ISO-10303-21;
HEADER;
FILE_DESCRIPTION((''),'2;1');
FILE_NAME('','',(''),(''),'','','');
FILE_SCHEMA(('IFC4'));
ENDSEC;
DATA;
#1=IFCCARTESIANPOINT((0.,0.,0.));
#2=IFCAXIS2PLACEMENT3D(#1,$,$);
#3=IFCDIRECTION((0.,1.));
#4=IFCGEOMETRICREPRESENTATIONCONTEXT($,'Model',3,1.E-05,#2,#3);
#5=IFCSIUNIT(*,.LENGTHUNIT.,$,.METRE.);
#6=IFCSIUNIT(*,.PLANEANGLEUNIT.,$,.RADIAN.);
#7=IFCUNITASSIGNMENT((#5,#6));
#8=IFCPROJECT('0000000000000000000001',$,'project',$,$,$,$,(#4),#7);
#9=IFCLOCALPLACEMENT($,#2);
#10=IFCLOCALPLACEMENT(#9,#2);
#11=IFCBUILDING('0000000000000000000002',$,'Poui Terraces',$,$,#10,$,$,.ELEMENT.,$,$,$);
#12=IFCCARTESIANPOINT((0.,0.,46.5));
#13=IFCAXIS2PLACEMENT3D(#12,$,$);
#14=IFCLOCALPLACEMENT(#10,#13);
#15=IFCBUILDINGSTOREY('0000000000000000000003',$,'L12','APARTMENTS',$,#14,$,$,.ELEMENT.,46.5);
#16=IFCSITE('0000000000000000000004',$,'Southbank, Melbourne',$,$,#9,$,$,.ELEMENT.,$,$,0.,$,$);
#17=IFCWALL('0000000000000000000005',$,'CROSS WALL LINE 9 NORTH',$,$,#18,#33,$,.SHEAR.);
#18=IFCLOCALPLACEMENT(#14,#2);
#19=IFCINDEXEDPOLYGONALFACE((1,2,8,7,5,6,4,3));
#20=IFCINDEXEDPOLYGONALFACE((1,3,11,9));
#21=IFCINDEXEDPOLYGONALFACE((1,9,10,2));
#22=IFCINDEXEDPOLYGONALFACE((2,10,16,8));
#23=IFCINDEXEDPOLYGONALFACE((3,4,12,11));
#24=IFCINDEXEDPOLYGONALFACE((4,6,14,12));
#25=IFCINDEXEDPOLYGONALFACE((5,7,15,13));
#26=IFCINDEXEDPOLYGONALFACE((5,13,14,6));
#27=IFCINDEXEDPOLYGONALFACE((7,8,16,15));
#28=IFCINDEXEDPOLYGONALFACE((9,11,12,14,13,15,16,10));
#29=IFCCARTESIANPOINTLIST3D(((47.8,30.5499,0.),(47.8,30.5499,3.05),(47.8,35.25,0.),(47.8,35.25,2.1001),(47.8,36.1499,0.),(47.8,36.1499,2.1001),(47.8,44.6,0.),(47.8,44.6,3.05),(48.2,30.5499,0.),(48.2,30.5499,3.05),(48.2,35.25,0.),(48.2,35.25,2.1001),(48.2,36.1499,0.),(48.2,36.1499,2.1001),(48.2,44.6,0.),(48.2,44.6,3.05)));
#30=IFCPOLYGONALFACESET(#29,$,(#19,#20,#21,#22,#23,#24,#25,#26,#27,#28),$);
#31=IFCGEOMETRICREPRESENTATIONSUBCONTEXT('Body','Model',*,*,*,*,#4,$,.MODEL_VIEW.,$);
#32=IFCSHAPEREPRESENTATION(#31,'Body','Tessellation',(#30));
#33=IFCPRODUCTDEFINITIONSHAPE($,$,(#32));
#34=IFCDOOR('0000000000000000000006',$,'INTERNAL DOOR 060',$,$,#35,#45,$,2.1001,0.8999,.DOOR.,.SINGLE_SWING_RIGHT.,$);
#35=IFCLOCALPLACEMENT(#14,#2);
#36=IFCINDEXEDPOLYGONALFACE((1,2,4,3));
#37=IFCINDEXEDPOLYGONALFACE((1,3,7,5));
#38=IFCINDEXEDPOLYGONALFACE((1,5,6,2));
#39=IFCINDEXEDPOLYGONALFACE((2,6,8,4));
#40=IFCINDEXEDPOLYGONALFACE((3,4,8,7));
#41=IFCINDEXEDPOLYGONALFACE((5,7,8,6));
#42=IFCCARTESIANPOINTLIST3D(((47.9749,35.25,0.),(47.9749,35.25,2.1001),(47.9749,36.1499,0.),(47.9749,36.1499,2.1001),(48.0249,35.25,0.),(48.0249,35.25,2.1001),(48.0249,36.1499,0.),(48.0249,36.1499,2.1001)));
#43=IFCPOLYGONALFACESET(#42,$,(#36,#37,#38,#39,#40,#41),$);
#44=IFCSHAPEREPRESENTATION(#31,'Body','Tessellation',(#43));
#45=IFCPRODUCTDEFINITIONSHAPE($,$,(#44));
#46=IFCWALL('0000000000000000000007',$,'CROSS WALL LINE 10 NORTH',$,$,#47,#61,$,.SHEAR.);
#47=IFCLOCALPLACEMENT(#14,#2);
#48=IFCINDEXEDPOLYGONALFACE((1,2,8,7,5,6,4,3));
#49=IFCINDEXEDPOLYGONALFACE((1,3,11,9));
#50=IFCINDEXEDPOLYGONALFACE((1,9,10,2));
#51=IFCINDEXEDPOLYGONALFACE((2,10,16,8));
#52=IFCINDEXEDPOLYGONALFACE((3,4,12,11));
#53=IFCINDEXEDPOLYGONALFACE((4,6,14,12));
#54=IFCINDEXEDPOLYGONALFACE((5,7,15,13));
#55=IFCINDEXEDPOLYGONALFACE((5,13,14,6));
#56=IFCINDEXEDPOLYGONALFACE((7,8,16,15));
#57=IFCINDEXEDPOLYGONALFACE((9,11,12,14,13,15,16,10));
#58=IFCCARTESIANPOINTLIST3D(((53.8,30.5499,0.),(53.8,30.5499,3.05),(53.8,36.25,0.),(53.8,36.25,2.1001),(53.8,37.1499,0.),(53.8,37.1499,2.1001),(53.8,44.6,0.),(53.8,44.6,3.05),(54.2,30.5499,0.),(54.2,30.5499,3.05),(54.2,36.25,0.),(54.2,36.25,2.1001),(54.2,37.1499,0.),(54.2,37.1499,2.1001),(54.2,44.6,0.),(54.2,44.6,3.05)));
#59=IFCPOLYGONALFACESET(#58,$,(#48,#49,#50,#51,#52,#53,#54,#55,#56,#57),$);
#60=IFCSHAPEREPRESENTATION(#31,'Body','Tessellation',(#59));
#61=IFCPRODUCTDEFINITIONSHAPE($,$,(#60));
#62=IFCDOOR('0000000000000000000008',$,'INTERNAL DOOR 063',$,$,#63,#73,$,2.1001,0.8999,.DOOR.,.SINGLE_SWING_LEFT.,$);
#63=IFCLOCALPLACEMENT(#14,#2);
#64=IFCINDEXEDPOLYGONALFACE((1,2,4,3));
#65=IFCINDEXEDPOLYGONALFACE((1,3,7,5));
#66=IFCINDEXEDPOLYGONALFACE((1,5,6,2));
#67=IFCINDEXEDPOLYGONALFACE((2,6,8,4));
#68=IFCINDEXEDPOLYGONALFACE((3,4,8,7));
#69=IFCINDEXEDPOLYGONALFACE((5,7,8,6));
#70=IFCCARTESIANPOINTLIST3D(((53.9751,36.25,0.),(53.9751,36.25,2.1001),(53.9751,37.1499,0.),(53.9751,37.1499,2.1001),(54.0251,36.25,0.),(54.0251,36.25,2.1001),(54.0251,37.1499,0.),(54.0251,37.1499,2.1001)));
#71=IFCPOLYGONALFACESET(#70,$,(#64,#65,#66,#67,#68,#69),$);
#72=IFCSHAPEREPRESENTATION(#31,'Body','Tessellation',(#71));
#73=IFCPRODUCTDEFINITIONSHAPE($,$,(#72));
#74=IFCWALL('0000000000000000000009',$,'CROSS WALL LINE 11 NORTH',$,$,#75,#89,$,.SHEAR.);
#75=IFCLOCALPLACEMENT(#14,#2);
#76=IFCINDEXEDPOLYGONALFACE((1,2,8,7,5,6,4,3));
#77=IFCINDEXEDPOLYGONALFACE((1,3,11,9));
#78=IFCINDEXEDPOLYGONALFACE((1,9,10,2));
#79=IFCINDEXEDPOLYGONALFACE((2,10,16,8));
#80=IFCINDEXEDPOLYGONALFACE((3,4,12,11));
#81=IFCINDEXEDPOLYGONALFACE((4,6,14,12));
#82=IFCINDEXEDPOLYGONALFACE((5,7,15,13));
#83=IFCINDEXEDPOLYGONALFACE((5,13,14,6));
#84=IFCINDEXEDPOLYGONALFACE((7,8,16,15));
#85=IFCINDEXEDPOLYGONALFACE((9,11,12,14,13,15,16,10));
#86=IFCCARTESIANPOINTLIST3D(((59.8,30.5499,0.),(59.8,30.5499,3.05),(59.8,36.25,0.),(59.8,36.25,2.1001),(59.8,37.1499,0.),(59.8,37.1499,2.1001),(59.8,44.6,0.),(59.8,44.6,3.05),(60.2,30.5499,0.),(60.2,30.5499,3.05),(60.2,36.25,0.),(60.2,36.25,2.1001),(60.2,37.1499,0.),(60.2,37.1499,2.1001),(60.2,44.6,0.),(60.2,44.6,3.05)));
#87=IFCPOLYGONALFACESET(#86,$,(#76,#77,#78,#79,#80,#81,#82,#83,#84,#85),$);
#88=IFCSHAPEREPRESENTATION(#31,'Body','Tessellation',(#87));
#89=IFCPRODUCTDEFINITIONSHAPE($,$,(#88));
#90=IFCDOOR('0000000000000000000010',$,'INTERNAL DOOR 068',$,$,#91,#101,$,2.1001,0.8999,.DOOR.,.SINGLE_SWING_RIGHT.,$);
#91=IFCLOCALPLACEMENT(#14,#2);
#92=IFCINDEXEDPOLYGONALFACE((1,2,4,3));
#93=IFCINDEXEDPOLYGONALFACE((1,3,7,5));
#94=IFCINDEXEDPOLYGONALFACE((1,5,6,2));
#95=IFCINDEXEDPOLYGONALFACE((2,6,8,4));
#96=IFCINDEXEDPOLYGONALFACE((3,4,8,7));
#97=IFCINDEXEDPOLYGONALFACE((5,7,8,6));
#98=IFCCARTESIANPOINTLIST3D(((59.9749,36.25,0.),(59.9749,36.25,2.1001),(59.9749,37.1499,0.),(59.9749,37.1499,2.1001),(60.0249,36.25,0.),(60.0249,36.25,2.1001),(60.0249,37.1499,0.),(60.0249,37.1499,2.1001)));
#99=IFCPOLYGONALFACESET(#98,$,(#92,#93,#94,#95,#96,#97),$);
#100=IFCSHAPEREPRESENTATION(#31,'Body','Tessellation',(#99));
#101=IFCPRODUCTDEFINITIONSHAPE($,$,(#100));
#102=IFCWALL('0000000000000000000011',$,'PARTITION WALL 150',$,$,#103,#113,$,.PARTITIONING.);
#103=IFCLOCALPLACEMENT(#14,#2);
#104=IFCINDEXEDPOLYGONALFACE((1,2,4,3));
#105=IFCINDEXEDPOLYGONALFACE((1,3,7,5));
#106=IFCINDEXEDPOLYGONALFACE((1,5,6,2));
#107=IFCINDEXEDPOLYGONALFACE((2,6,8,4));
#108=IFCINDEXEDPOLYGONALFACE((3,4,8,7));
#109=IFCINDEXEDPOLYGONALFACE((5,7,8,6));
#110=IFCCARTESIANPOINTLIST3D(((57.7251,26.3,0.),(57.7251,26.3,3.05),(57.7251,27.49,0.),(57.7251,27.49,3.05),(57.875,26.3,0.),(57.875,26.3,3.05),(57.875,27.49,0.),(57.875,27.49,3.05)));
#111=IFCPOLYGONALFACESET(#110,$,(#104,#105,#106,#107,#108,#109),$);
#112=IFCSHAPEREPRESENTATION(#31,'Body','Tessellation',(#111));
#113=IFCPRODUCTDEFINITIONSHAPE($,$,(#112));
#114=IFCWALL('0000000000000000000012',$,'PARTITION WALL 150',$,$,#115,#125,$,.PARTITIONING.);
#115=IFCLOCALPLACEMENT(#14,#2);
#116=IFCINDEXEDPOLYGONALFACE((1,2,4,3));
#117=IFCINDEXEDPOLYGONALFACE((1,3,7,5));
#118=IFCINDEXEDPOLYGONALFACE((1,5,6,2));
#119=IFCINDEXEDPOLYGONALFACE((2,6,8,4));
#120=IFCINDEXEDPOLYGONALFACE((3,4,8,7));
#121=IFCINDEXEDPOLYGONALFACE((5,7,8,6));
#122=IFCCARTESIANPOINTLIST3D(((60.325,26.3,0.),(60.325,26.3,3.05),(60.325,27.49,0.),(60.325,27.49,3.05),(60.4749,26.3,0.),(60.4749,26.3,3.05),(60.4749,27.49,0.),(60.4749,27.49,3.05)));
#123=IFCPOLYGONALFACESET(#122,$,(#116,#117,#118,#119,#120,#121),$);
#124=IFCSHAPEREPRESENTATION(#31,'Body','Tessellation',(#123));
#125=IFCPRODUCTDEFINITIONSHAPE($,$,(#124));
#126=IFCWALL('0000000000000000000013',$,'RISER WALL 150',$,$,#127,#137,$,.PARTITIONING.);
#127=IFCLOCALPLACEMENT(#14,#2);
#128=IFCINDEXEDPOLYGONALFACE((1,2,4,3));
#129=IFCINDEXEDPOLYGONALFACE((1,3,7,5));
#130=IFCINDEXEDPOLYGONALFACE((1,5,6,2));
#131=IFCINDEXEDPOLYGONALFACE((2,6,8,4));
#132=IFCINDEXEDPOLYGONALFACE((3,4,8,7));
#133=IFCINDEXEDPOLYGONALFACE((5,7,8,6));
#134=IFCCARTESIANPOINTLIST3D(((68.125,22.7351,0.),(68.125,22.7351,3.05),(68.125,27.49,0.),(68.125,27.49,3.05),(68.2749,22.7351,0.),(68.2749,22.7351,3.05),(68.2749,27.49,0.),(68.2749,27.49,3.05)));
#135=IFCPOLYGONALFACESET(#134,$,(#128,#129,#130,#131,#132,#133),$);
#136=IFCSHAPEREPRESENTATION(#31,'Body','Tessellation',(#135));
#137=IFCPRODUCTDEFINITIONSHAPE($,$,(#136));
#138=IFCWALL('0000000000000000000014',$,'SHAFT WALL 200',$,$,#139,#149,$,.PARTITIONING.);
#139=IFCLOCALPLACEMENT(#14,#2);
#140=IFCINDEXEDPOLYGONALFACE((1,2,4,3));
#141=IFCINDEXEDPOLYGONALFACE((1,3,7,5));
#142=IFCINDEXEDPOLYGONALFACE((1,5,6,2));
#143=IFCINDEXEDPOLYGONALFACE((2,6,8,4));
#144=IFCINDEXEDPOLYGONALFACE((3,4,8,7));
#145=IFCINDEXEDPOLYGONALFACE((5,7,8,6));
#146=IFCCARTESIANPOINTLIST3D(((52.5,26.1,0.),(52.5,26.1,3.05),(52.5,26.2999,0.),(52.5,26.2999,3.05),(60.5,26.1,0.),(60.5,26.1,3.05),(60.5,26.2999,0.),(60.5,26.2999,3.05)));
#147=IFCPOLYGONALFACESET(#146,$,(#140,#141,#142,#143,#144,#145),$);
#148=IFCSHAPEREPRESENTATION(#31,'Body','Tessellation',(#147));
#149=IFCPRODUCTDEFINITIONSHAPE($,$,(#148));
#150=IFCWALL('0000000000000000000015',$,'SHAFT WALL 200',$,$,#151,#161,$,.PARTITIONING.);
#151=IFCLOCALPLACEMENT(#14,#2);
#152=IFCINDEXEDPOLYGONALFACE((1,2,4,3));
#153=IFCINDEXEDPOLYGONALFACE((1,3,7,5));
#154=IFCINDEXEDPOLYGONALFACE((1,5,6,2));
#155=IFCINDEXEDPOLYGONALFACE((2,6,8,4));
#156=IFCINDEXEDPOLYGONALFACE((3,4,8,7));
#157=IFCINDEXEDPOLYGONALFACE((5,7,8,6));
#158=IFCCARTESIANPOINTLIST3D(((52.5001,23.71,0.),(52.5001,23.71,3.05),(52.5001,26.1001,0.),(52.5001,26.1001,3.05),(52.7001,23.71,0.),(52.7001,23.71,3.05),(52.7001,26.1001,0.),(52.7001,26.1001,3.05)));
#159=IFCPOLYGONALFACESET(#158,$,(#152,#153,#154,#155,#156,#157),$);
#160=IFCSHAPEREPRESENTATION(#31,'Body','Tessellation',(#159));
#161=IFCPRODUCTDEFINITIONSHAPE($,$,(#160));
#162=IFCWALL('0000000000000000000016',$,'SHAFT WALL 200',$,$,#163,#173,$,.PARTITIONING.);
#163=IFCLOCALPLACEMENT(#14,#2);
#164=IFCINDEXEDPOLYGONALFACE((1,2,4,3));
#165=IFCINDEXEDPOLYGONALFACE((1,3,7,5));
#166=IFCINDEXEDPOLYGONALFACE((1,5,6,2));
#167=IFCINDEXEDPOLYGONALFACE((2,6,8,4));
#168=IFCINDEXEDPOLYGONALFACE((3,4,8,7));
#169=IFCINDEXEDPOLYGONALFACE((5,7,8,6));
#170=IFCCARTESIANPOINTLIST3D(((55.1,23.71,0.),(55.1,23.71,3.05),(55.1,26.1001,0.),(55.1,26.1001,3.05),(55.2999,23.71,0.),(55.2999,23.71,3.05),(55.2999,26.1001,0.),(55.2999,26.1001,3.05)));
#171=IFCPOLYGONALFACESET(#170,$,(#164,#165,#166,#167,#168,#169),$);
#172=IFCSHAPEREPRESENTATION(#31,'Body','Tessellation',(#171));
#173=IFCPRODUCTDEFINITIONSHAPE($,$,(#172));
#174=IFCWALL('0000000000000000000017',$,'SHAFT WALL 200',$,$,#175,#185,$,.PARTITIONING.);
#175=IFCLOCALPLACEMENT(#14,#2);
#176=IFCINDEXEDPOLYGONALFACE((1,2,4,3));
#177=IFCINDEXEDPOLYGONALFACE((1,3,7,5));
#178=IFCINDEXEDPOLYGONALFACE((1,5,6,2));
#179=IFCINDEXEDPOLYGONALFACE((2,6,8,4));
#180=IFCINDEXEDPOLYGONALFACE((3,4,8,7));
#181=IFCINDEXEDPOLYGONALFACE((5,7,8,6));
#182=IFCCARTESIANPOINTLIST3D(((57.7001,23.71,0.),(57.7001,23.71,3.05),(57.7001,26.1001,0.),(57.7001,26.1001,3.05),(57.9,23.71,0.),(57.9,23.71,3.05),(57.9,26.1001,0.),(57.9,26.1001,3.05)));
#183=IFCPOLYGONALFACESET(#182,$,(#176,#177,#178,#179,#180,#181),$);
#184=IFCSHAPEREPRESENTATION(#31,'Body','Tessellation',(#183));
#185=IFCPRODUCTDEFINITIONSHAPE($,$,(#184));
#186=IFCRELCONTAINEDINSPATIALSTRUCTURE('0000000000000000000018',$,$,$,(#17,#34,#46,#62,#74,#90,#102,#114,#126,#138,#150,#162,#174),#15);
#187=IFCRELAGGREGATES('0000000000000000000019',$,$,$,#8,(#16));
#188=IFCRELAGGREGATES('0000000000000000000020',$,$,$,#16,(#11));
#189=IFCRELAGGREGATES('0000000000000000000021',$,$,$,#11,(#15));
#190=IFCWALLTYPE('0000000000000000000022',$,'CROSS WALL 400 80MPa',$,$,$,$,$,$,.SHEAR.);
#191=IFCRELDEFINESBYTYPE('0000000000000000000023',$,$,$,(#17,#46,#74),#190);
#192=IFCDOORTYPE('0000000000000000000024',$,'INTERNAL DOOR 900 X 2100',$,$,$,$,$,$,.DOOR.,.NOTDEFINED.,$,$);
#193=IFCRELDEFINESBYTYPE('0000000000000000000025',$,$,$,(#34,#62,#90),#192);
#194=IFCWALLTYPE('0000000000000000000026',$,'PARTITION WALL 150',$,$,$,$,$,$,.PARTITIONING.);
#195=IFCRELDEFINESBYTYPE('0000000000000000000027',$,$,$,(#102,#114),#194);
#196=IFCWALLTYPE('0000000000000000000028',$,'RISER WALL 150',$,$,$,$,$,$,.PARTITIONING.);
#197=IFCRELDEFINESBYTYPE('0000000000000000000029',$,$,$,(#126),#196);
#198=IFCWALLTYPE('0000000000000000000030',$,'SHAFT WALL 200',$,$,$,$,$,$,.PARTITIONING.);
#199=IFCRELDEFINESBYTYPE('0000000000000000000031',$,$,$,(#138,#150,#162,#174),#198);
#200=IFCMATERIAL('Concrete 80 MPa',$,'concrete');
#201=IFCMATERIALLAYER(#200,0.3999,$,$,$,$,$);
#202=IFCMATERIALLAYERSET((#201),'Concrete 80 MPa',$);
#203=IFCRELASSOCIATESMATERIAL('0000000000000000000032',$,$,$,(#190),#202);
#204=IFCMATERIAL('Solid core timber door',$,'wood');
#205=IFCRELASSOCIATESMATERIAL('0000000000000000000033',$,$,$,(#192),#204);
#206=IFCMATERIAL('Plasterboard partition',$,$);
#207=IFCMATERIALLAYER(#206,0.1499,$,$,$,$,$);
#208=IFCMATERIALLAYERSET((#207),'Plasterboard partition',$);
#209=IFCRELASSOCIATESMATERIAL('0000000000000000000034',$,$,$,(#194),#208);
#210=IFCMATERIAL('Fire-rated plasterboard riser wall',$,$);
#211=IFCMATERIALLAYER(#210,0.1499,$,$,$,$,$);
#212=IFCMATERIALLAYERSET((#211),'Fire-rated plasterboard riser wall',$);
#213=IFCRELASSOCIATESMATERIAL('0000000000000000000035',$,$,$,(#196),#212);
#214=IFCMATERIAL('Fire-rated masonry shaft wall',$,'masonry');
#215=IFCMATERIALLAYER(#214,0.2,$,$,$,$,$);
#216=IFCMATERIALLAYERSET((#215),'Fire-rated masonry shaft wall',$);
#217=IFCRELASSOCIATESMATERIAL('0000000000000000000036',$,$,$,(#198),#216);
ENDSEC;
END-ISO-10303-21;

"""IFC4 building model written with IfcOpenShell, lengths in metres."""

from ifc_helpers import new_model, si_unit, direction, frame, frame_2d, origin, place, context, subcontext, project, spatial, rectangle, extrude, material, layer, layer_set, type_object, element, fill, save


model = new_model("IFC4")

# Units and contexts
model_context = context("Model", 3, precision=1e-05, world=origin(), true_north=direction((0.0, 1.0)))
body_context = subcontext(model_context, "Body", "Model", "MODEL_VIEW")
ifc_project = project(units=[si_unit("LENGTHUNIT", "METRE"), si_unit("PLANEANGLEUNIT", "RADIAN")], contexts=[model_context])

# Site, building, storey
site_placement = place(None, origin())
site = spatial("IfcSite", under=ifc_project, at=site_placement, Name="Southbank, Melbourne", CompositionType="ELEMENT", RefElevation=0.0)
building_placement = place(site_placement, origin())
building = spatial("IfcBuilding", under=site, at=building_placement, Name="Poui Terraces", CompositionType="ELEMENT")
storey_placement = place(building_placement, frame((0.0, 0.0, 46.5)))
storey = spatial("IfcBuildingStorey", under=building, at=storey_placement, Name="L12", Description="APARTMENTS", CompositionType="ELEMENT", Elevation=46.5)

# Shared definitions
ifc_material_1 = material(Name="Concrete 80 MPa", Category="concrete")

# Walls, openings, doors
ifc_layer_1 = layer(ifc_material_1, 0.3999)
ifc_layer_set_1 = layer_set([ifc_layer_1], Name="Concrete 80 MPa")
wall_type_1 = type_object("IfcWallType", Name="CROSS WALL 400 80MPa", PredefinedType="SHEAR", material=ifc_layer_set_1)
wall_1_placement = place(storey_placement, frame((48.0, 30.55, 0.0), z_axis=(0.0, 0.0, 1.0), x_axis=(0.0, 1.0, 0.0)))
wall_1 = element("IfcWall", 1, at=wall_1_placement, inside=storey, type_object=wall_type_1, Name="CROSS WALL LINE 9 NORTH", PredefinedType="SHEAR", context=body_context, shape_type="SweptSolid", body=[
    extrude(rectangle(XDim=14.05, YDim=0.3999, at=frame_2d((7.0249, 0.0))), origin(), (0.0, 0.0, 1.0), 3.05),
])
opening_1_placement = place(wall_1_placement, frame((4.7, 0.0, 0.0)))
opening_1 = element("IfcOpeningElement", 2, at=opening_1_placement, cuts=wall_1, PredefinedType="OPENING", context=body_context, shape_type="SweptSolid", body=[
    extrude(rectangle(XDim=0.8999, YDim=2.1001, at=frame_2d((0.45, 1.05))), frame((0.0, 0.21, 0.0), z_axis=(0.0, -1.0, 0.0), x_axis=(1.0, 0.0, 0.0)), (0.0, 0.0, 1.0), 0.4199),
])
ifc_material_2 = material(Name="Solid core timber door", Category="wood")
door_type_1 = type_object("IfcDoorType", Name="INTERNAL DOOR 900 X 2100", OperationType="NOTDEFINED", PredefinedType="DOOR", material=ifc_material_2)
door_1_placement = place(opening_1_placement, frame((0.8999, 0.0, 0.0), z_axis=(0.0, 0.0, 1.0), x_axis=(-1.0, 0.0, 0.0)))
door_1 = element("IfcDoor", 3, at=door_1_placement, inside=storey, type_object=door_type_1, Name="INTERNAL DOOR 060", OperationType="SINGLE_SWING_RIGHT", OverallHeight=2.1001, OverallWidth=0.8999, PredefinedType="DOOR", context=body_context, shape_type="SweptSolid", body=[
    extrude(rectangle(XDim=0.8999, YDim=2.1001, at=frame_2d((0.45, 1.05))), frame((0.0, 0.0249, 0.0), z_axis=(0.0, -1.0, 0.0), x_axis=(1.0, 0.0, 0.0)), (0.0, 0.0, 1.0), 0.05),
])
fill(opening_1, door_1)
wall_2_placement = place(storey_placement, frame((54.0, 30.55, 0.0), z_axis=(0.0, 0.0, 1.0), x_axis=(0.0, 1.0, 0.0)))
wall_2 = element("IfcWall", 4, at=wall_2_placement, inside=storey, type_object=wall_type_1, Name="CROSS WALL LINE 10 NORTH", PredefinedType="SHEAR", context=body_context, shape_type="SweptSolid", body=[
    extrude(rectangle(XDim=14.05, YDim=0.3999, at=frame_2d((7.0249, 0.0))), origin(), (0.0, 0.0, 1.0), 3.05),
])
opening_2_placement = place(wall_2_placement, frame((5.7, 0.0, 0.0)))
opening_2 = element("IfcOpeningElement", 5, at=opening_2_placement, cuts=wall_2, PredefinedType="OPENING", context=body_context, shape_type="SweptSolid", body=[
    extrude(rectangle(XDim=0.8999, YDim=2.1001, at=frame_2d((0.45, 1.05))), frame((0.0, 0.21, 0.0), z_axis=(0.0, -1.0, 0.0), x_axis=(1.0, 0.0, 0.0)), (0.0, 0.0, 1.0), 0.4199),
])
door_2_placement = place(opening_2_placement, origin())
door_2 = element("IfcDoor", 6, at=door_2_placement, inside=storey, type_object=door_type_1, Name="INTERNAL DOOR 063", OperationType="SINGLE_SWING_LEFT", OverallHeight=2.1001, OverallWidth=0.8999, PredefinedType="DOOR", context=body_context, shape_type="SweptSolid", body=[
    extrude(rectangle(XDim=0.8999, YDim=2.1001, at=frame_2d((0.45, 1.05))), frame((0.0, 0.0249, 0.0), z_axis=(0.0, -1.0, 0.0), x_axis=(1.0, 0.0, 0.0)), (0.0, 0.0, 1.0), 0.05),
])
fill(opening_2, door_2)
wall_3_placement = place(storey_placement, frame((60.0, 30.55, 0.0), z_axis=(0.0, 0.0, 1.0), x_axis=(0.0, 1.0, 0.0)))
wall_3 = element("IfcWall", 7, at=wall_3_placement, inside=storey, type_object=wall_type_1, Name="CROSS WALL LINE 11 NORTH", PredefinedType="SHEAR", context=body_context, shape_type="SweptSolid", body=[
    extrude(rectangle(XDim=14.05, YDim=0.3999, at=frame_2d((7.0249, 0.0))), origin(), (0.0, 0.0, 1.0), 3.05),
])
opening_3_placement = place(wall_3_placement, frame((5.7, 0.0, 0.0)))
opening_3 = element("IfcOpeningElement", 8, at=opening_3_placement, cuts=wall_3, PredefinedType="OPENING", context=body_context, shape_type="SweptSolid", body=[
    extrude(rectangle(XDim=0.8999, YDim=2.1001, at=frame_2d((0.45, 1.05))), frame((0.0, 0.21, 0.0), z_axis=(0.0, -1.0, 0.0), x_axis=(1.0, 0.0, 0.0)), (0.0, 0.0, 1.0), 0.4199),
])
door_3_placement = place(opening_3_placement, frame((0.8999, 0.0, 0.0), z_axis=(0.0, 0.0, 1.0), x_axis=(-1.0, 0.0, 0.0)))
door_3 = element("IfcDoor", 9, at=door_3_placement, inside=storey, type_object=door_type_1, Name="INTERNAL DOOR 068", OperationType="SINGLE_SWING_RIGHT", OverallHeight=2.1001, OverallWidth=0.8999, PredefinedType="DOOR", context=body_context, shape_type="SweptSolid", body=[
    extrude(rectangle(XDim=0.8999, YDim=2.1001, at=frame_2d((0.45, 1.05))), frame((0.0, 0.0249, 0.0), z_axis=(0.0, -1.0, 0.0), x_axis=(1.0, 0.0, 0.0)), (0.0, 0.0, 1.0), 0.05),
])
fill(opening_3, door_3)

# Walls
ifc_material_3 = material(Name="Plasterboard partition")
ifc_layer_2 = layer(ifc_material_3, 0.1499)
ifc_layer_set_2 = layer_set([ifc_layer_2], Name="Plasterboard partition")
wall_type_2 = type_object("IfcWallType", Name="PARTITION WALL 150", PredefinedType="PARTITIONING", material=ifc_layer_set_2)
for number, where, z_axis, x_axis, name in (
    (10, (57.8, 26.3, 0.0), (0.0, 0.0, 1.0), (0.0, 1.0, 0.0), "PARTITION WALL 150"),
    (11, (60.3999, 26.3, 0.0), (0.0, 0.0, 1.0), (0.0, 1.0, 0.0), "PARTITION WALL 150"),
):
    element("IfcWall", number, at=place(storey_placement, frame(where, z_axis=z_axis, x_axis=x_axis)), inside=storey, type_object=wall_type_2, Name=name, PredefinedType="PARTITIONING", context=body_context, shape_type="SweptSolid", body=[
        extrude(rectangle(XDim=1.1899, YDim=0.1499, at=frame_2d((0.595, 0.0))), origin(), (0.0, 0.0, 1.0), 3.05),
    ])
ifc_material_4 = material(Name="Fire-rated plasterboard riser wall")
ifc_layer_3 = layer(ifc_material_4, 0.1499)
ifc_layer_set_3 = layer_set([ifc_layer_3], Name="Fire-rated plasterboard riser wall")
wall_type_3 = type_object("IfcWallType", Name="RISER WALL 150", PredefinedType="PARTITIONING", material=ifc_layer_set_3)
wall_4_placement = place(storey_placement, frame((68.2, 22.7351, 0.0), z_axis=(0.0, 0.0, 1.0), x_axis=(0.0, 1.0, 0.0)))
element("IfcWall", 12, at=wall_4_placement, inside=storey, type_object=wall_type_3, Name="RISER WALL 150", PredefinedType="PARTITIONING", context=body_context, shape_type="SweptSolid", body=[
    extrude(rectangle(XDim=4.7549, YDim=0.1499, at=frame_2d((2.3774, 0.0))), origin(), (0.0, 0.0, 1.0), 3.05),
])
ifc_material_5 = material(Name="Fire-rated masonry shaft wall", Category="masonry")
ifc_layer_4 = layer(ifc_material_5, 0.2)
ifc_layer_set_4 = layer_set([ifc_layer_4], Name="Fire-rated masonry shaft wall")
wall_type_4 = type_object("IfcWallType", Name="SHAFT WALL 200", PredefinedType="PARTITIONING", material=ifc_layer_set_4)
wall_5_placement = place(storey_placement, frame((52.5, 26.2, 0.0), z_axis=(0.0, 0.0, 1.0), x_axis=(1.0, 0.0, 0.0)))
element("IfcWall", 13, at=wall_5_placement, inside=storey, type_object=wall_type_4, Name="SHAFT WALL 200", PredefinedType="PARTITIONING", context=body_context, shape_type="SweptSolid", body=[
    extrude(rectangle(XDim=8.0, YDim=0.2, at=frame_2d((4.0, 0.0))), origin(), (0.0, 0.0, 1.0), 3.05),
])
for number, where, z_axis, x_axis, name in (
    (14, (52.6001, 23.71, 0.0), (0.0, 0.0, 1.0), (0.0, 1.0, 0.0), "SHAFT WALL 200"),
    (15, (55.2, 23.71, 0.0), (0.0, 0.0, 1.0), (0.0, 1.0, 0.0), "SHAFT WALL 200"),
    (16, (57.8, 23.71, 0.0), (0.0, 0.0, 1.0), (0.0, 1.0, 0.0), "SHAFT WALL 200"),
):
    element("IfcWall", number, at=place(storey_placement, frame(where, z_axis=z_axis, x_axis=x_axis)), inside=storey, type_object=wall_type_4, Name=name, PredefinedType="PARTITIONING", context=body_context, shape_type="SweptSolid", body=[
        extrude(rectangle(XDim=2.3901, YDim=0.2, at=frame_2d((1.1951, 0.0))), origin(), (0.0, 0.0, 1.0), 3.05),
    ])

save(model, "model.ifc")
